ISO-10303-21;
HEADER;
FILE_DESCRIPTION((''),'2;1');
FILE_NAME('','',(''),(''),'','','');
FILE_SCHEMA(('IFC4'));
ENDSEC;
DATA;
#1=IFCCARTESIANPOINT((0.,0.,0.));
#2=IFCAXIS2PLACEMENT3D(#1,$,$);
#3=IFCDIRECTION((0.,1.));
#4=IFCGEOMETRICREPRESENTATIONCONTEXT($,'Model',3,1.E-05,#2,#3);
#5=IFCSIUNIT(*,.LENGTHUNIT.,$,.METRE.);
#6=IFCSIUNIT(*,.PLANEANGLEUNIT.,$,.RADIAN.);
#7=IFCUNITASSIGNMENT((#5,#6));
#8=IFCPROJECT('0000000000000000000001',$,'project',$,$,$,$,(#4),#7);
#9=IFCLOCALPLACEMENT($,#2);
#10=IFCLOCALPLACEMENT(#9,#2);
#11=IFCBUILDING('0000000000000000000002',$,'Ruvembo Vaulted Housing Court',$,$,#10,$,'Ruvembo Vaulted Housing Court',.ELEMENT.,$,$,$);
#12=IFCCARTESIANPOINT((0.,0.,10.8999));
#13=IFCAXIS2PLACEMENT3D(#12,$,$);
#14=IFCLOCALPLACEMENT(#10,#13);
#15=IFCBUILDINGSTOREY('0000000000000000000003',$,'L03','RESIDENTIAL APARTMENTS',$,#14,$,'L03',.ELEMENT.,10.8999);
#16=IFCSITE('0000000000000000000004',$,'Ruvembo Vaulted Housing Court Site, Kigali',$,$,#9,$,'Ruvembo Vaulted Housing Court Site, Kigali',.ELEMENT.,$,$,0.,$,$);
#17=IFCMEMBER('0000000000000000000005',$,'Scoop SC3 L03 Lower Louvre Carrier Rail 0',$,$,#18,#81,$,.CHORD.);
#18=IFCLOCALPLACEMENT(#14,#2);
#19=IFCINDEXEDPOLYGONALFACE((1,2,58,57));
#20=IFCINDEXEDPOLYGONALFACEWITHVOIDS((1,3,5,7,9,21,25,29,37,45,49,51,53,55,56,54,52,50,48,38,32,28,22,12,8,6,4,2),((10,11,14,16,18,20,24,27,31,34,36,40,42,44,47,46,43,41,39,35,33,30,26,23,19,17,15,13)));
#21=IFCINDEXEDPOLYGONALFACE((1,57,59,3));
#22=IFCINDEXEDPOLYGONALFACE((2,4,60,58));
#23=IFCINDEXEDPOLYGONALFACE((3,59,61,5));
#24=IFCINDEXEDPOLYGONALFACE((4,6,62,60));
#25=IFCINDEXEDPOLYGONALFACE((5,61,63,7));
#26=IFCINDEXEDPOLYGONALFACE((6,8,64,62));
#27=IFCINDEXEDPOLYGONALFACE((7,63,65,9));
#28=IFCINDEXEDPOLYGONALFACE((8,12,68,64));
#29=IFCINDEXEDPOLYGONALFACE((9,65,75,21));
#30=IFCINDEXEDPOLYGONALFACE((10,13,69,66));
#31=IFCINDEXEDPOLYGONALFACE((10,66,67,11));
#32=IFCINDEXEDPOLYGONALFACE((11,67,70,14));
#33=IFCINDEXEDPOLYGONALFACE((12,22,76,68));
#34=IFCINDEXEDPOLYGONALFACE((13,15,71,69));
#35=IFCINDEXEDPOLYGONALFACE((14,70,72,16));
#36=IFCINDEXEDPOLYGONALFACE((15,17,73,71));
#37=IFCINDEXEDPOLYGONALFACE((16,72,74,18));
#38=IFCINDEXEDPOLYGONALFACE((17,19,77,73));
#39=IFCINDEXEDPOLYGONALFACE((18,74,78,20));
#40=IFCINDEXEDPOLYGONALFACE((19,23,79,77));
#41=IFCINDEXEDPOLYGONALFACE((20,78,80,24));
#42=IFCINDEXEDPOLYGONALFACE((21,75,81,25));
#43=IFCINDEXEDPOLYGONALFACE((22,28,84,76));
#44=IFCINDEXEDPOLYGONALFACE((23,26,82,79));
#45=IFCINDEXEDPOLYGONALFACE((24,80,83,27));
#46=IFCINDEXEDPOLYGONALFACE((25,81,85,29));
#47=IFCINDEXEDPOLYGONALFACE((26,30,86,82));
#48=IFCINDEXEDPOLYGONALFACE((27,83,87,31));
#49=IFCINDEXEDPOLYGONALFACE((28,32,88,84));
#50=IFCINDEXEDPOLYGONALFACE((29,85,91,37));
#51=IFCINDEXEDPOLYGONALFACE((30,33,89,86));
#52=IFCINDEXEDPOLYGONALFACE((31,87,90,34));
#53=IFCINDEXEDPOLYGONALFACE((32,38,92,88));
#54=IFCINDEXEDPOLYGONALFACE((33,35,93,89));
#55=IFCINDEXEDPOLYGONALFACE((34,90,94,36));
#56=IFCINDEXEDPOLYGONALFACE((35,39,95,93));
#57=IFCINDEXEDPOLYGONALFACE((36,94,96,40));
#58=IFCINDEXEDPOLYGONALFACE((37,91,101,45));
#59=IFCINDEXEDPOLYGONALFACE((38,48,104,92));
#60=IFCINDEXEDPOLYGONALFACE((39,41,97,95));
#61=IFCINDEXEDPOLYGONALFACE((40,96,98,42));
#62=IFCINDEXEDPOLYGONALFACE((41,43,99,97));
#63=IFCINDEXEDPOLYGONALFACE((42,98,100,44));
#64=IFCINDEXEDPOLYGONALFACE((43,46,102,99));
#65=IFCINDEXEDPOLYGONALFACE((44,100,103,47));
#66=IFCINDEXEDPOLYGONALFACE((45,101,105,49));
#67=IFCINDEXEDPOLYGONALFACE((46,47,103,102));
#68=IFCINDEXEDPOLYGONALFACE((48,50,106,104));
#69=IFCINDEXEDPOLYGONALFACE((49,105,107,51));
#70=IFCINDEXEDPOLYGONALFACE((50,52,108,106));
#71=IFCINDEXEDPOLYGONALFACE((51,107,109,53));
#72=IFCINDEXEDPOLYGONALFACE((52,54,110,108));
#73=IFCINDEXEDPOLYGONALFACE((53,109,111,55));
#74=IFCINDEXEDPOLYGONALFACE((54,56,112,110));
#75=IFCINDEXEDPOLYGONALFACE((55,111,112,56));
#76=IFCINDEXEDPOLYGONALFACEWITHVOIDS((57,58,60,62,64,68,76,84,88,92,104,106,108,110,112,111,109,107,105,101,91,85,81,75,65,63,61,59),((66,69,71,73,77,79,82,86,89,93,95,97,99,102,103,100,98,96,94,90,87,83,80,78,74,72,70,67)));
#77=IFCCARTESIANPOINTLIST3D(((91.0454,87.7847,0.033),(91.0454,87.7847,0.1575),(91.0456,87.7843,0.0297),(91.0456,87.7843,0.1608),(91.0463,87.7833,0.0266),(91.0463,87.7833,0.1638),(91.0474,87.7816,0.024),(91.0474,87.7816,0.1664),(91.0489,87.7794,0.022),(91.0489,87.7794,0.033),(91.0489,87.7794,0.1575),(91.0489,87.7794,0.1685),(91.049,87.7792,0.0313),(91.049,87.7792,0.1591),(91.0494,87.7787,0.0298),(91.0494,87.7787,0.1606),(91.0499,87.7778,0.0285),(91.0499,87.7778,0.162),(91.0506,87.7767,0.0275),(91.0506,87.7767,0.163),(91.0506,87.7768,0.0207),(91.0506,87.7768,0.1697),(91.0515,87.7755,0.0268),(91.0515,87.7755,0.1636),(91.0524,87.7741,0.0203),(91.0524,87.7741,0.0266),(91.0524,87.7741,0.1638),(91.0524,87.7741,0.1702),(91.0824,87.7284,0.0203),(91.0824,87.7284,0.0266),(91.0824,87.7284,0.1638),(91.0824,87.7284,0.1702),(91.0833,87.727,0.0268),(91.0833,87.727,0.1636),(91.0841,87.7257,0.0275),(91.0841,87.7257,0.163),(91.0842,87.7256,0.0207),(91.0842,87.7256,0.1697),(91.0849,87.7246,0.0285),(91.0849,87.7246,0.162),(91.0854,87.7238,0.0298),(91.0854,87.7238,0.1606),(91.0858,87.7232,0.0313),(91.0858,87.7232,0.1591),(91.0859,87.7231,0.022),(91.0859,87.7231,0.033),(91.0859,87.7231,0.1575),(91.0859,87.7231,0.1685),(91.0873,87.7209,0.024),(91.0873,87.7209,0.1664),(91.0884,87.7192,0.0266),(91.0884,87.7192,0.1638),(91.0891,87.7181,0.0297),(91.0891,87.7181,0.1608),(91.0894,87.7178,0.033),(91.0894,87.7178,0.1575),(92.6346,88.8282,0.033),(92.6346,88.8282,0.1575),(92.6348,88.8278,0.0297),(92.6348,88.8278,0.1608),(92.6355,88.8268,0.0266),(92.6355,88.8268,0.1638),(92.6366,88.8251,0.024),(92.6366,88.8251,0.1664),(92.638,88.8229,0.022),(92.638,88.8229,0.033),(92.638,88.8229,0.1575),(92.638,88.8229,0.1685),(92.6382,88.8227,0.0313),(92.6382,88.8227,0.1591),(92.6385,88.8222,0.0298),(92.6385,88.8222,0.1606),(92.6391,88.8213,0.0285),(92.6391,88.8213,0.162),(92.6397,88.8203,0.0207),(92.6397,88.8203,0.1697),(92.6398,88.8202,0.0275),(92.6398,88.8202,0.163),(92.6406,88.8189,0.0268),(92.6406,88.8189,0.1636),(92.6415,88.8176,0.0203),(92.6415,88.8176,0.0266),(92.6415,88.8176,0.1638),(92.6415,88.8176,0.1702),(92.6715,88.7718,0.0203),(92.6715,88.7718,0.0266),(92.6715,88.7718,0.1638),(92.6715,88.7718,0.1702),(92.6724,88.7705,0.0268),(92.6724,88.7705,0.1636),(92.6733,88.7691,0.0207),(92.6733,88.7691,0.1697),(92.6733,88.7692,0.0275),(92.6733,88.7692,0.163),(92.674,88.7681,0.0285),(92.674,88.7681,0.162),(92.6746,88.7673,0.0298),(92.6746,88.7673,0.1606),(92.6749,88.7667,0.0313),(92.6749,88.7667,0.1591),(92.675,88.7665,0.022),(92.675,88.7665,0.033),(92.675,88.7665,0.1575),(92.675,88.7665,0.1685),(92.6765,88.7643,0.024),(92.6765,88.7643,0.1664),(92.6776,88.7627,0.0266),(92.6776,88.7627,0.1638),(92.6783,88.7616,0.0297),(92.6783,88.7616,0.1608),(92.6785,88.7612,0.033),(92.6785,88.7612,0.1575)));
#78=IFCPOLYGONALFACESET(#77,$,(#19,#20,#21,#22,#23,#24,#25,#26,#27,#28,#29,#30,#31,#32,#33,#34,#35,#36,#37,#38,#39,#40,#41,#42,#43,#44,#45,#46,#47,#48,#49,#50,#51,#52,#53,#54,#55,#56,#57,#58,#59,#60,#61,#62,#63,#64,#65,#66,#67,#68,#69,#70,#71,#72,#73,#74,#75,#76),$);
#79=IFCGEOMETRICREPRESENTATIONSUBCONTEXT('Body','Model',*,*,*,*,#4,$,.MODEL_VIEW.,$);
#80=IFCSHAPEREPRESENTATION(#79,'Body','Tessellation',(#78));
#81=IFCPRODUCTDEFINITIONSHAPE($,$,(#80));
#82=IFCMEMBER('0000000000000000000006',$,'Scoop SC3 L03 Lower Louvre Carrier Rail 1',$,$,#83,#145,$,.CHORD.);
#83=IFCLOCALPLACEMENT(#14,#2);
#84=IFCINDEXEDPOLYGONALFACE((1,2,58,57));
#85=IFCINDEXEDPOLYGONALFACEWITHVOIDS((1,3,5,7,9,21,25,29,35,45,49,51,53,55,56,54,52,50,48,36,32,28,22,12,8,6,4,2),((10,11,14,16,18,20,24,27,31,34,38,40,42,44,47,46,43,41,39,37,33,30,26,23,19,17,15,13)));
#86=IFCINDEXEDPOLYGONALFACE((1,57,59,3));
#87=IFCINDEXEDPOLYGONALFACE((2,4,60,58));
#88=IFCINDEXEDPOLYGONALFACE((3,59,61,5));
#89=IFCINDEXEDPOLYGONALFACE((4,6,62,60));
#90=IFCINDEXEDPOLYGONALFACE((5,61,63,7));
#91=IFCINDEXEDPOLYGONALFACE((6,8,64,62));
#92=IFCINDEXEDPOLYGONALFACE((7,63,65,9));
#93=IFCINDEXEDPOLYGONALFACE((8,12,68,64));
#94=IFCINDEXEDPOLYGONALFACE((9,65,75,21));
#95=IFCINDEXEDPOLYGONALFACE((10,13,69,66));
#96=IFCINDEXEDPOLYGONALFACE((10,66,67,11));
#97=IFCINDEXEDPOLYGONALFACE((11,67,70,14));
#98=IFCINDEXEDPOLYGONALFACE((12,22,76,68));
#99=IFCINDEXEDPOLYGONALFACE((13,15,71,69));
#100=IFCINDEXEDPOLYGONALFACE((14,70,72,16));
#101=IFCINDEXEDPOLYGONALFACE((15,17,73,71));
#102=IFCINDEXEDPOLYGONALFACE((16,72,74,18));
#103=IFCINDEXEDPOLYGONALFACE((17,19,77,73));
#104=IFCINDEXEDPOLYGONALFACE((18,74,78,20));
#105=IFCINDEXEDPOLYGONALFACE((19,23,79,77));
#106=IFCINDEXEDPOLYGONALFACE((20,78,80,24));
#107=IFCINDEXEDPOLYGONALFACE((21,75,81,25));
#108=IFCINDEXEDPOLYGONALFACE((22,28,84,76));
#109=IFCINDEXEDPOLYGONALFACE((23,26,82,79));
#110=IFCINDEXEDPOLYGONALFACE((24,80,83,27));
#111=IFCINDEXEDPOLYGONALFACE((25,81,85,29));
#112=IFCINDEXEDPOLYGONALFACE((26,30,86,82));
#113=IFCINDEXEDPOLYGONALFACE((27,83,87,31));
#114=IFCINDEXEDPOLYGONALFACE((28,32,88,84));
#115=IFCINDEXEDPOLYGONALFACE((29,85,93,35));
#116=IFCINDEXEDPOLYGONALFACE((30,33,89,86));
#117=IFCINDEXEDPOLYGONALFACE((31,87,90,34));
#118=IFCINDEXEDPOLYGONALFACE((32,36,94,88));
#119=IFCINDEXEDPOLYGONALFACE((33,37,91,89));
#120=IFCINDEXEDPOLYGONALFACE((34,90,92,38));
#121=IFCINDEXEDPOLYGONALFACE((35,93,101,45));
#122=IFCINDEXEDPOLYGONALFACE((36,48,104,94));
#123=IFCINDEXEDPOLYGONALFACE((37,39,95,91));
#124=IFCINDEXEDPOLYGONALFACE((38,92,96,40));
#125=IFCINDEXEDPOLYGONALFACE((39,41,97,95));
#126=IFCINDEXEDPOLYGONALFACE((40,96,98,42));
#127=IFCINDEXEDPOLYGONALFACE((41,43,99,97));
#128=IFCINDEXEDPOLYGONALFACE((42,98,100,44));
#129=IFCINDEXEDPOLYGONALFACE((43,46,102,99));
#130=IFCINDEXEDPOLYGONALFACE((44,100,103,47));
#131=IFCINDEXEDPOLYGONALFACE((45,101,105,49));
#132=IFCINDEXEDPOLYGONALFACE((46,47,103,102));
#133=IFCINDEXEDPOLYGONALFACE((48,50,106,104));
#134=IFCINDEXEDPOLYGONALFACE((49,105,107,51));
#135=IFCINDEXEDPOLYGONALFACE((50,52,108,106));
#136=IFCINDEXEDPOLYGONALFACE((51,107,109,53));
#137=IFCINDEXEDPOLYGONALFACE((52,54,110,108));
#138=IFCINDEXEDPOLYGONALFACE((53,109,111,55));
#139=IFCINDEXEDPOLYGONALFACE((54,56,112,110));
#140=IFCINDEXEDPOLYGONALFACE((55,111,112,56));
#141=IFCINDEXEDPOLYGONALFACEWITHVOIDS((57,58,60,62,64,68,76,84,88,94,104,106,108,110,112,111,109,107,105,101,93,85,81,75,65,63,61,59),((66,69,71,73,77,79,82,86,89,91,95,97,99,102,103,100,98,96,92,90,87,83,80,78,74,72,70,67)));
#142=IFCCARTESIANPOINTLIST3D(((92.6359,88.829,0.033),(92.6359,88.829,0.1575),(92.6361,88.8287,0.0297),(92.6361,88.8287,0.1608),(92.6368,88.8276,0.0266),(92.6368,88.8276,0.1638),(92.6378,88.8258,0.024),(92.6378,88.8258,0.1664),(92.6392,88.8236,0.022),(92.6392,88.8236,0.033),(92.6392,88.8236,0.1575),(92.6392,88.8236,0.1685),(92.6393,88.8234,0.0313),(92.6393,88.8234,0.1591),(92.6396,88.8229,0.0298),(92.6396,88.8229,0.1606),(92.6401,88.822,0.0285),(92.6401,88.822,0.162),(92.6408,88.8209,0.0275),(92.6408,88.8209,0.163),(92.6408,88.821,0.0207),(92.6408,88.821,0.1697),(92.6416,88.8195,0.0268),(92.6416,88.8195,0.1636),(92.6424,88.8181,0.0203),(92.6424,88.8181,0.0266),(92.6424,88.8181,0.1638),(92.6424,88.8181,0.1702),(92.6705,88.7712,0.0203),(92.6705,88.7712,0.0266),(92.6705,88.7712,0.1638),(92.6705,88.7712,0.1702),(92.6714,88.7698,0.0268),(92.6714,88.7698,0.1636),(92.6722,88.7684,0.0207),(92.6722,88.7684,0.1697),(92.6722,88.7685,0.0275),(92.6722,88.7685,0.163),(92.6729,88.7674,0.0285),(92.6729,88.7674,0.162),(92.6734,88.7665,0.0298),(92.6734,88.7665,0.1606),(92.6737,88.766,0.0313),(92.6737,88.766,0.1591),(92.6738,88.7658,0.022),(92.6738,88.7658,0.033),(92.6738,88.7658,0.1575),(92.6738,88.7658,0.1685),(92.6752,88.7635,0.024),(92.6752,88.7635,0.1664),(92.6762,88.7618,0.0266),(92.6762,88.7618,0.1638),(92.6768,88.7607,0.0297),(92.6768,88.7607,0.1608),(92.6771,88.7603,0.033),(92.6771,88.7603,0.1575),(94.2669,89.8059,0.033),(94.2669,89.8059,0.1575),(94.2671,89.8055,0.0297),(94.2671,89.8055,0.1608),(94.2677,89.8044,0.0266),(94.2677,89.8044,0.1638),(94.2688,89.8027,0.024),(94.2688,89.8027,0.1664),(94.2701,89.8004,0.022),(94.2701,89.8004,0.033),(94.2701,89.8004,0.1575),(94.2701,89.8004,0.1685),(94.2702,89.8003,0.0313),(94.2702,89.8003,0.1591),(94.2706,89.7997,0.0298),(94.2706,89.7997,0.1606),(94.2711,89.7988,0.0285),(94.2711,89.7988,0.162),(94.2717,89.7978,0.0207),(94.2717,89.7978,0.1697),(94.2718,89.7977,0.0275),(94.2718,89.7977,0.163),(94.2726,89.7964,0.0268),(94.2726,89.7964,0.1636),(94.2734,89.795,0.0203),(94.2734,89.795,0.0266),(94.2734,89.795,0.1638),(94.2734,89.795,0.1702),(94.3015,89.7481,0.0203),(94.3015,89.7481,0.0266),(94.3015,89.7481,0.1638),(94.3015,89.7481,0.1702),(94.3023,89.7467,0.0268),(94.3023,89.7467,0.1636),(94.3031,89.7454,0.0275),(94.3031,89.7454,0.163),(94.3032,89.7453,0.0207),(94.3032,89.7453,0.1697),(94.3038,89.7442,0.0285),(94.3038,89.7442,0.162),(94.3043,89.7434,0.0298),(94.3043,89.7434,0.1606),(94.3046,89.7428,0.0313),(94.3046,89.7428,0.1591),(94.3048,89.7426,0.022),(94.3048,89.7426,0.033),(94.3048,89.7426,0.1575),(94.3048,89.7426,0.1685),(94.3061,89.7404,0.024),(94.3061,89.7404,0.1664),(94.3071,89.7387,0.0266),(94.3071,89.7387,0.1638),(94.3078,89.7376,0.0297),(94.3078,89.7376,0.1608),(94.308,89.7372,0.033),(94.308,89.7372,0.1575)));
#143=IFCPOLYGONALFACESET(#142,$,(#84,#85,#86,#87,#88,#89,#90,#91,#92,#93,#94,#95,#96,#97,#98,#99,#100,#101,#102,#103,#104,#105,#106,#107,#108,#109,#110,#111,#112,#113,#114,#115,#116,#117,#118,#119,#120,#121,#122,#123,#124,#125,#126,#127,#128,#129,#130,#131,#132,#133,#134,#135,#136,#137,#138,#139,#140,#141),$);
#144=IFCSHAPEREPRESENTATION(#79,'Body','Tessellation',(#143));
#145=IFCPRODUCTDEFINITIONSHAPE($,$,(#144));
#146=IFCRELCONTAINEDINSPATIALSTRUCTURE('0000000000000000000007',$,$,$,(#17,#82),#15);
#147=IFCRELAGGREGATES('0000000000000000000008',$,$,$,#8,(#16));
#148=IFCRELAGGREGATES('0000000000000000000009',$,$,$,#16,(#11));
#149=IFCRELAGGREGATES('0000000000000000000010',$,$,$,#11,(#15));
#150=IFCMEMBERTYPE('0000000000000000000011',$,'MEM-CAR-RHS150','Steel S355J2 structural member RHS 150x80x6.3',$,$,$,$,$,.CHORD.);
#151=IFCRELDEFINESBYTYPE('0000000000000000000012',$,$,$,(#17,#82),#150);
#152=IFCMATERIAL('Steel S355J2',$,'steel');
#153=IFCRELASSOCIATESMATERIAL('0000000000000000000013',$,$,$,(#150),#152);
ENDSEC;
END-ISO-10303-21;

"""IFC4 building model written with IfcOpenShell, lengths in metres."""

from ifc_helpers import new_model, si_unit, direction, frame, origin, origin_2d, place, context, subcontext, project, spatial, hollow_rectangle, extrude, material, material_profile, profile_set, type_object, element, save


model = new_model("IFC4")

# Units and contexts
model_context = context("Model", 3, precision=1e-05, world=origin(), true_north=direction((0.0, 1.0)))
body_context = subcontext(model_context, "Body", "Model", "MODEL_VIEW")
ifc_project = project(units=[si_unit("LENGTHUNIT", "METRE"), si_unit("PLANEANGLEUNIT", "RADIAN")], contexts=[model_context])

# Site, building, storey
site_placement = place(None, origin())
site = spatial("IfcSite", under=ifc_project, at=site_placement, Name="Ruvembo Vaulted Housing Court Site, Kigali", LongName="Ruvembo Vaulted Housing Court Site, Kigali", CompositionType="ELEMENT", RefElevation=0.0)
building_placement = place(site_placement, origin())
building = spatial("IfcBuilding", under=site, at=building_placement, Name="Ruvembo Vaulted Housing Court", LongName="Ruvembo Vaulted Housing Court", CompositionType="ELEMENT")
storey_placement = place(building_placement, frame((0.0, 0.0, 10.8999)))
storey = spatial("IfcBuildingStorey", under=building, at=storey_placement, Name="L03", Description="RESIDENTIAL APARTMENTS", LongName="L03", CompositionType="ELEMENT", Elevation=10.8999)

# Shared definitions
ifc_material_1 = material(Name="Steel S355J2", Category="steel")

# Members
ifc_material_profile_1 = material_profile(ifc_material_1, hollow_rectangle(XDim=0.0801, YDim=0.1499, WallThickness=0.0063, InnerFilletRadius=0.0063, OuterFilletRadius=0.0127, at=origin_2d()), Name="RHS 150x80x6.3")
ifc_profile_set_1 = profile_set([ifc_material_profile_1], Name="Steel S355J2")
member_type_1 = type_object("IfcMemberType", Name="MEM-CAR-RHS150", Description="Steel S355J2 structural member RHS 150x80x6.3", PredefinedType="CHORD", material=ifc_profile_set_1)
for number, where, z_axis, x_axis, name in (
    (1, (91.0674, 87.7512, 0.0952), (0.835902, 0.548878, 0.0), (-0.548878, 0.835902, 0.0), "Scoop SC3 L03 Lower Louvre Carrier Rail 0"),
    (2, (92.6565, 88.7947, 0.0952), (0.857889, 0.513835, 0.0), (-0.513835, 0.857889, 0.0), "Scoop SC3 L03 Lower Louvre Carrier Rail 1"),
):
    element("IfcMember", number, at=place(storey_placement, frame(where, z_axis=z_axis, x_axis=x_axis)), inside=storey, type_object=member_type_1, Name=name, PredefinedType="CHORD", context=body_context, shape_type="SweptSolid", body=[
        extrude(hollow_rectangle(XDim=0.0801, YDim=0.1499, WallThickness=0.0063, InnerFilletRadius=0.0063, OuterFilletRadius=0.0127, at=origin_2d()), origin(), (0.0, 0.0, 1.0), 1.9011),
    ])

save(model, "model.ifc")
